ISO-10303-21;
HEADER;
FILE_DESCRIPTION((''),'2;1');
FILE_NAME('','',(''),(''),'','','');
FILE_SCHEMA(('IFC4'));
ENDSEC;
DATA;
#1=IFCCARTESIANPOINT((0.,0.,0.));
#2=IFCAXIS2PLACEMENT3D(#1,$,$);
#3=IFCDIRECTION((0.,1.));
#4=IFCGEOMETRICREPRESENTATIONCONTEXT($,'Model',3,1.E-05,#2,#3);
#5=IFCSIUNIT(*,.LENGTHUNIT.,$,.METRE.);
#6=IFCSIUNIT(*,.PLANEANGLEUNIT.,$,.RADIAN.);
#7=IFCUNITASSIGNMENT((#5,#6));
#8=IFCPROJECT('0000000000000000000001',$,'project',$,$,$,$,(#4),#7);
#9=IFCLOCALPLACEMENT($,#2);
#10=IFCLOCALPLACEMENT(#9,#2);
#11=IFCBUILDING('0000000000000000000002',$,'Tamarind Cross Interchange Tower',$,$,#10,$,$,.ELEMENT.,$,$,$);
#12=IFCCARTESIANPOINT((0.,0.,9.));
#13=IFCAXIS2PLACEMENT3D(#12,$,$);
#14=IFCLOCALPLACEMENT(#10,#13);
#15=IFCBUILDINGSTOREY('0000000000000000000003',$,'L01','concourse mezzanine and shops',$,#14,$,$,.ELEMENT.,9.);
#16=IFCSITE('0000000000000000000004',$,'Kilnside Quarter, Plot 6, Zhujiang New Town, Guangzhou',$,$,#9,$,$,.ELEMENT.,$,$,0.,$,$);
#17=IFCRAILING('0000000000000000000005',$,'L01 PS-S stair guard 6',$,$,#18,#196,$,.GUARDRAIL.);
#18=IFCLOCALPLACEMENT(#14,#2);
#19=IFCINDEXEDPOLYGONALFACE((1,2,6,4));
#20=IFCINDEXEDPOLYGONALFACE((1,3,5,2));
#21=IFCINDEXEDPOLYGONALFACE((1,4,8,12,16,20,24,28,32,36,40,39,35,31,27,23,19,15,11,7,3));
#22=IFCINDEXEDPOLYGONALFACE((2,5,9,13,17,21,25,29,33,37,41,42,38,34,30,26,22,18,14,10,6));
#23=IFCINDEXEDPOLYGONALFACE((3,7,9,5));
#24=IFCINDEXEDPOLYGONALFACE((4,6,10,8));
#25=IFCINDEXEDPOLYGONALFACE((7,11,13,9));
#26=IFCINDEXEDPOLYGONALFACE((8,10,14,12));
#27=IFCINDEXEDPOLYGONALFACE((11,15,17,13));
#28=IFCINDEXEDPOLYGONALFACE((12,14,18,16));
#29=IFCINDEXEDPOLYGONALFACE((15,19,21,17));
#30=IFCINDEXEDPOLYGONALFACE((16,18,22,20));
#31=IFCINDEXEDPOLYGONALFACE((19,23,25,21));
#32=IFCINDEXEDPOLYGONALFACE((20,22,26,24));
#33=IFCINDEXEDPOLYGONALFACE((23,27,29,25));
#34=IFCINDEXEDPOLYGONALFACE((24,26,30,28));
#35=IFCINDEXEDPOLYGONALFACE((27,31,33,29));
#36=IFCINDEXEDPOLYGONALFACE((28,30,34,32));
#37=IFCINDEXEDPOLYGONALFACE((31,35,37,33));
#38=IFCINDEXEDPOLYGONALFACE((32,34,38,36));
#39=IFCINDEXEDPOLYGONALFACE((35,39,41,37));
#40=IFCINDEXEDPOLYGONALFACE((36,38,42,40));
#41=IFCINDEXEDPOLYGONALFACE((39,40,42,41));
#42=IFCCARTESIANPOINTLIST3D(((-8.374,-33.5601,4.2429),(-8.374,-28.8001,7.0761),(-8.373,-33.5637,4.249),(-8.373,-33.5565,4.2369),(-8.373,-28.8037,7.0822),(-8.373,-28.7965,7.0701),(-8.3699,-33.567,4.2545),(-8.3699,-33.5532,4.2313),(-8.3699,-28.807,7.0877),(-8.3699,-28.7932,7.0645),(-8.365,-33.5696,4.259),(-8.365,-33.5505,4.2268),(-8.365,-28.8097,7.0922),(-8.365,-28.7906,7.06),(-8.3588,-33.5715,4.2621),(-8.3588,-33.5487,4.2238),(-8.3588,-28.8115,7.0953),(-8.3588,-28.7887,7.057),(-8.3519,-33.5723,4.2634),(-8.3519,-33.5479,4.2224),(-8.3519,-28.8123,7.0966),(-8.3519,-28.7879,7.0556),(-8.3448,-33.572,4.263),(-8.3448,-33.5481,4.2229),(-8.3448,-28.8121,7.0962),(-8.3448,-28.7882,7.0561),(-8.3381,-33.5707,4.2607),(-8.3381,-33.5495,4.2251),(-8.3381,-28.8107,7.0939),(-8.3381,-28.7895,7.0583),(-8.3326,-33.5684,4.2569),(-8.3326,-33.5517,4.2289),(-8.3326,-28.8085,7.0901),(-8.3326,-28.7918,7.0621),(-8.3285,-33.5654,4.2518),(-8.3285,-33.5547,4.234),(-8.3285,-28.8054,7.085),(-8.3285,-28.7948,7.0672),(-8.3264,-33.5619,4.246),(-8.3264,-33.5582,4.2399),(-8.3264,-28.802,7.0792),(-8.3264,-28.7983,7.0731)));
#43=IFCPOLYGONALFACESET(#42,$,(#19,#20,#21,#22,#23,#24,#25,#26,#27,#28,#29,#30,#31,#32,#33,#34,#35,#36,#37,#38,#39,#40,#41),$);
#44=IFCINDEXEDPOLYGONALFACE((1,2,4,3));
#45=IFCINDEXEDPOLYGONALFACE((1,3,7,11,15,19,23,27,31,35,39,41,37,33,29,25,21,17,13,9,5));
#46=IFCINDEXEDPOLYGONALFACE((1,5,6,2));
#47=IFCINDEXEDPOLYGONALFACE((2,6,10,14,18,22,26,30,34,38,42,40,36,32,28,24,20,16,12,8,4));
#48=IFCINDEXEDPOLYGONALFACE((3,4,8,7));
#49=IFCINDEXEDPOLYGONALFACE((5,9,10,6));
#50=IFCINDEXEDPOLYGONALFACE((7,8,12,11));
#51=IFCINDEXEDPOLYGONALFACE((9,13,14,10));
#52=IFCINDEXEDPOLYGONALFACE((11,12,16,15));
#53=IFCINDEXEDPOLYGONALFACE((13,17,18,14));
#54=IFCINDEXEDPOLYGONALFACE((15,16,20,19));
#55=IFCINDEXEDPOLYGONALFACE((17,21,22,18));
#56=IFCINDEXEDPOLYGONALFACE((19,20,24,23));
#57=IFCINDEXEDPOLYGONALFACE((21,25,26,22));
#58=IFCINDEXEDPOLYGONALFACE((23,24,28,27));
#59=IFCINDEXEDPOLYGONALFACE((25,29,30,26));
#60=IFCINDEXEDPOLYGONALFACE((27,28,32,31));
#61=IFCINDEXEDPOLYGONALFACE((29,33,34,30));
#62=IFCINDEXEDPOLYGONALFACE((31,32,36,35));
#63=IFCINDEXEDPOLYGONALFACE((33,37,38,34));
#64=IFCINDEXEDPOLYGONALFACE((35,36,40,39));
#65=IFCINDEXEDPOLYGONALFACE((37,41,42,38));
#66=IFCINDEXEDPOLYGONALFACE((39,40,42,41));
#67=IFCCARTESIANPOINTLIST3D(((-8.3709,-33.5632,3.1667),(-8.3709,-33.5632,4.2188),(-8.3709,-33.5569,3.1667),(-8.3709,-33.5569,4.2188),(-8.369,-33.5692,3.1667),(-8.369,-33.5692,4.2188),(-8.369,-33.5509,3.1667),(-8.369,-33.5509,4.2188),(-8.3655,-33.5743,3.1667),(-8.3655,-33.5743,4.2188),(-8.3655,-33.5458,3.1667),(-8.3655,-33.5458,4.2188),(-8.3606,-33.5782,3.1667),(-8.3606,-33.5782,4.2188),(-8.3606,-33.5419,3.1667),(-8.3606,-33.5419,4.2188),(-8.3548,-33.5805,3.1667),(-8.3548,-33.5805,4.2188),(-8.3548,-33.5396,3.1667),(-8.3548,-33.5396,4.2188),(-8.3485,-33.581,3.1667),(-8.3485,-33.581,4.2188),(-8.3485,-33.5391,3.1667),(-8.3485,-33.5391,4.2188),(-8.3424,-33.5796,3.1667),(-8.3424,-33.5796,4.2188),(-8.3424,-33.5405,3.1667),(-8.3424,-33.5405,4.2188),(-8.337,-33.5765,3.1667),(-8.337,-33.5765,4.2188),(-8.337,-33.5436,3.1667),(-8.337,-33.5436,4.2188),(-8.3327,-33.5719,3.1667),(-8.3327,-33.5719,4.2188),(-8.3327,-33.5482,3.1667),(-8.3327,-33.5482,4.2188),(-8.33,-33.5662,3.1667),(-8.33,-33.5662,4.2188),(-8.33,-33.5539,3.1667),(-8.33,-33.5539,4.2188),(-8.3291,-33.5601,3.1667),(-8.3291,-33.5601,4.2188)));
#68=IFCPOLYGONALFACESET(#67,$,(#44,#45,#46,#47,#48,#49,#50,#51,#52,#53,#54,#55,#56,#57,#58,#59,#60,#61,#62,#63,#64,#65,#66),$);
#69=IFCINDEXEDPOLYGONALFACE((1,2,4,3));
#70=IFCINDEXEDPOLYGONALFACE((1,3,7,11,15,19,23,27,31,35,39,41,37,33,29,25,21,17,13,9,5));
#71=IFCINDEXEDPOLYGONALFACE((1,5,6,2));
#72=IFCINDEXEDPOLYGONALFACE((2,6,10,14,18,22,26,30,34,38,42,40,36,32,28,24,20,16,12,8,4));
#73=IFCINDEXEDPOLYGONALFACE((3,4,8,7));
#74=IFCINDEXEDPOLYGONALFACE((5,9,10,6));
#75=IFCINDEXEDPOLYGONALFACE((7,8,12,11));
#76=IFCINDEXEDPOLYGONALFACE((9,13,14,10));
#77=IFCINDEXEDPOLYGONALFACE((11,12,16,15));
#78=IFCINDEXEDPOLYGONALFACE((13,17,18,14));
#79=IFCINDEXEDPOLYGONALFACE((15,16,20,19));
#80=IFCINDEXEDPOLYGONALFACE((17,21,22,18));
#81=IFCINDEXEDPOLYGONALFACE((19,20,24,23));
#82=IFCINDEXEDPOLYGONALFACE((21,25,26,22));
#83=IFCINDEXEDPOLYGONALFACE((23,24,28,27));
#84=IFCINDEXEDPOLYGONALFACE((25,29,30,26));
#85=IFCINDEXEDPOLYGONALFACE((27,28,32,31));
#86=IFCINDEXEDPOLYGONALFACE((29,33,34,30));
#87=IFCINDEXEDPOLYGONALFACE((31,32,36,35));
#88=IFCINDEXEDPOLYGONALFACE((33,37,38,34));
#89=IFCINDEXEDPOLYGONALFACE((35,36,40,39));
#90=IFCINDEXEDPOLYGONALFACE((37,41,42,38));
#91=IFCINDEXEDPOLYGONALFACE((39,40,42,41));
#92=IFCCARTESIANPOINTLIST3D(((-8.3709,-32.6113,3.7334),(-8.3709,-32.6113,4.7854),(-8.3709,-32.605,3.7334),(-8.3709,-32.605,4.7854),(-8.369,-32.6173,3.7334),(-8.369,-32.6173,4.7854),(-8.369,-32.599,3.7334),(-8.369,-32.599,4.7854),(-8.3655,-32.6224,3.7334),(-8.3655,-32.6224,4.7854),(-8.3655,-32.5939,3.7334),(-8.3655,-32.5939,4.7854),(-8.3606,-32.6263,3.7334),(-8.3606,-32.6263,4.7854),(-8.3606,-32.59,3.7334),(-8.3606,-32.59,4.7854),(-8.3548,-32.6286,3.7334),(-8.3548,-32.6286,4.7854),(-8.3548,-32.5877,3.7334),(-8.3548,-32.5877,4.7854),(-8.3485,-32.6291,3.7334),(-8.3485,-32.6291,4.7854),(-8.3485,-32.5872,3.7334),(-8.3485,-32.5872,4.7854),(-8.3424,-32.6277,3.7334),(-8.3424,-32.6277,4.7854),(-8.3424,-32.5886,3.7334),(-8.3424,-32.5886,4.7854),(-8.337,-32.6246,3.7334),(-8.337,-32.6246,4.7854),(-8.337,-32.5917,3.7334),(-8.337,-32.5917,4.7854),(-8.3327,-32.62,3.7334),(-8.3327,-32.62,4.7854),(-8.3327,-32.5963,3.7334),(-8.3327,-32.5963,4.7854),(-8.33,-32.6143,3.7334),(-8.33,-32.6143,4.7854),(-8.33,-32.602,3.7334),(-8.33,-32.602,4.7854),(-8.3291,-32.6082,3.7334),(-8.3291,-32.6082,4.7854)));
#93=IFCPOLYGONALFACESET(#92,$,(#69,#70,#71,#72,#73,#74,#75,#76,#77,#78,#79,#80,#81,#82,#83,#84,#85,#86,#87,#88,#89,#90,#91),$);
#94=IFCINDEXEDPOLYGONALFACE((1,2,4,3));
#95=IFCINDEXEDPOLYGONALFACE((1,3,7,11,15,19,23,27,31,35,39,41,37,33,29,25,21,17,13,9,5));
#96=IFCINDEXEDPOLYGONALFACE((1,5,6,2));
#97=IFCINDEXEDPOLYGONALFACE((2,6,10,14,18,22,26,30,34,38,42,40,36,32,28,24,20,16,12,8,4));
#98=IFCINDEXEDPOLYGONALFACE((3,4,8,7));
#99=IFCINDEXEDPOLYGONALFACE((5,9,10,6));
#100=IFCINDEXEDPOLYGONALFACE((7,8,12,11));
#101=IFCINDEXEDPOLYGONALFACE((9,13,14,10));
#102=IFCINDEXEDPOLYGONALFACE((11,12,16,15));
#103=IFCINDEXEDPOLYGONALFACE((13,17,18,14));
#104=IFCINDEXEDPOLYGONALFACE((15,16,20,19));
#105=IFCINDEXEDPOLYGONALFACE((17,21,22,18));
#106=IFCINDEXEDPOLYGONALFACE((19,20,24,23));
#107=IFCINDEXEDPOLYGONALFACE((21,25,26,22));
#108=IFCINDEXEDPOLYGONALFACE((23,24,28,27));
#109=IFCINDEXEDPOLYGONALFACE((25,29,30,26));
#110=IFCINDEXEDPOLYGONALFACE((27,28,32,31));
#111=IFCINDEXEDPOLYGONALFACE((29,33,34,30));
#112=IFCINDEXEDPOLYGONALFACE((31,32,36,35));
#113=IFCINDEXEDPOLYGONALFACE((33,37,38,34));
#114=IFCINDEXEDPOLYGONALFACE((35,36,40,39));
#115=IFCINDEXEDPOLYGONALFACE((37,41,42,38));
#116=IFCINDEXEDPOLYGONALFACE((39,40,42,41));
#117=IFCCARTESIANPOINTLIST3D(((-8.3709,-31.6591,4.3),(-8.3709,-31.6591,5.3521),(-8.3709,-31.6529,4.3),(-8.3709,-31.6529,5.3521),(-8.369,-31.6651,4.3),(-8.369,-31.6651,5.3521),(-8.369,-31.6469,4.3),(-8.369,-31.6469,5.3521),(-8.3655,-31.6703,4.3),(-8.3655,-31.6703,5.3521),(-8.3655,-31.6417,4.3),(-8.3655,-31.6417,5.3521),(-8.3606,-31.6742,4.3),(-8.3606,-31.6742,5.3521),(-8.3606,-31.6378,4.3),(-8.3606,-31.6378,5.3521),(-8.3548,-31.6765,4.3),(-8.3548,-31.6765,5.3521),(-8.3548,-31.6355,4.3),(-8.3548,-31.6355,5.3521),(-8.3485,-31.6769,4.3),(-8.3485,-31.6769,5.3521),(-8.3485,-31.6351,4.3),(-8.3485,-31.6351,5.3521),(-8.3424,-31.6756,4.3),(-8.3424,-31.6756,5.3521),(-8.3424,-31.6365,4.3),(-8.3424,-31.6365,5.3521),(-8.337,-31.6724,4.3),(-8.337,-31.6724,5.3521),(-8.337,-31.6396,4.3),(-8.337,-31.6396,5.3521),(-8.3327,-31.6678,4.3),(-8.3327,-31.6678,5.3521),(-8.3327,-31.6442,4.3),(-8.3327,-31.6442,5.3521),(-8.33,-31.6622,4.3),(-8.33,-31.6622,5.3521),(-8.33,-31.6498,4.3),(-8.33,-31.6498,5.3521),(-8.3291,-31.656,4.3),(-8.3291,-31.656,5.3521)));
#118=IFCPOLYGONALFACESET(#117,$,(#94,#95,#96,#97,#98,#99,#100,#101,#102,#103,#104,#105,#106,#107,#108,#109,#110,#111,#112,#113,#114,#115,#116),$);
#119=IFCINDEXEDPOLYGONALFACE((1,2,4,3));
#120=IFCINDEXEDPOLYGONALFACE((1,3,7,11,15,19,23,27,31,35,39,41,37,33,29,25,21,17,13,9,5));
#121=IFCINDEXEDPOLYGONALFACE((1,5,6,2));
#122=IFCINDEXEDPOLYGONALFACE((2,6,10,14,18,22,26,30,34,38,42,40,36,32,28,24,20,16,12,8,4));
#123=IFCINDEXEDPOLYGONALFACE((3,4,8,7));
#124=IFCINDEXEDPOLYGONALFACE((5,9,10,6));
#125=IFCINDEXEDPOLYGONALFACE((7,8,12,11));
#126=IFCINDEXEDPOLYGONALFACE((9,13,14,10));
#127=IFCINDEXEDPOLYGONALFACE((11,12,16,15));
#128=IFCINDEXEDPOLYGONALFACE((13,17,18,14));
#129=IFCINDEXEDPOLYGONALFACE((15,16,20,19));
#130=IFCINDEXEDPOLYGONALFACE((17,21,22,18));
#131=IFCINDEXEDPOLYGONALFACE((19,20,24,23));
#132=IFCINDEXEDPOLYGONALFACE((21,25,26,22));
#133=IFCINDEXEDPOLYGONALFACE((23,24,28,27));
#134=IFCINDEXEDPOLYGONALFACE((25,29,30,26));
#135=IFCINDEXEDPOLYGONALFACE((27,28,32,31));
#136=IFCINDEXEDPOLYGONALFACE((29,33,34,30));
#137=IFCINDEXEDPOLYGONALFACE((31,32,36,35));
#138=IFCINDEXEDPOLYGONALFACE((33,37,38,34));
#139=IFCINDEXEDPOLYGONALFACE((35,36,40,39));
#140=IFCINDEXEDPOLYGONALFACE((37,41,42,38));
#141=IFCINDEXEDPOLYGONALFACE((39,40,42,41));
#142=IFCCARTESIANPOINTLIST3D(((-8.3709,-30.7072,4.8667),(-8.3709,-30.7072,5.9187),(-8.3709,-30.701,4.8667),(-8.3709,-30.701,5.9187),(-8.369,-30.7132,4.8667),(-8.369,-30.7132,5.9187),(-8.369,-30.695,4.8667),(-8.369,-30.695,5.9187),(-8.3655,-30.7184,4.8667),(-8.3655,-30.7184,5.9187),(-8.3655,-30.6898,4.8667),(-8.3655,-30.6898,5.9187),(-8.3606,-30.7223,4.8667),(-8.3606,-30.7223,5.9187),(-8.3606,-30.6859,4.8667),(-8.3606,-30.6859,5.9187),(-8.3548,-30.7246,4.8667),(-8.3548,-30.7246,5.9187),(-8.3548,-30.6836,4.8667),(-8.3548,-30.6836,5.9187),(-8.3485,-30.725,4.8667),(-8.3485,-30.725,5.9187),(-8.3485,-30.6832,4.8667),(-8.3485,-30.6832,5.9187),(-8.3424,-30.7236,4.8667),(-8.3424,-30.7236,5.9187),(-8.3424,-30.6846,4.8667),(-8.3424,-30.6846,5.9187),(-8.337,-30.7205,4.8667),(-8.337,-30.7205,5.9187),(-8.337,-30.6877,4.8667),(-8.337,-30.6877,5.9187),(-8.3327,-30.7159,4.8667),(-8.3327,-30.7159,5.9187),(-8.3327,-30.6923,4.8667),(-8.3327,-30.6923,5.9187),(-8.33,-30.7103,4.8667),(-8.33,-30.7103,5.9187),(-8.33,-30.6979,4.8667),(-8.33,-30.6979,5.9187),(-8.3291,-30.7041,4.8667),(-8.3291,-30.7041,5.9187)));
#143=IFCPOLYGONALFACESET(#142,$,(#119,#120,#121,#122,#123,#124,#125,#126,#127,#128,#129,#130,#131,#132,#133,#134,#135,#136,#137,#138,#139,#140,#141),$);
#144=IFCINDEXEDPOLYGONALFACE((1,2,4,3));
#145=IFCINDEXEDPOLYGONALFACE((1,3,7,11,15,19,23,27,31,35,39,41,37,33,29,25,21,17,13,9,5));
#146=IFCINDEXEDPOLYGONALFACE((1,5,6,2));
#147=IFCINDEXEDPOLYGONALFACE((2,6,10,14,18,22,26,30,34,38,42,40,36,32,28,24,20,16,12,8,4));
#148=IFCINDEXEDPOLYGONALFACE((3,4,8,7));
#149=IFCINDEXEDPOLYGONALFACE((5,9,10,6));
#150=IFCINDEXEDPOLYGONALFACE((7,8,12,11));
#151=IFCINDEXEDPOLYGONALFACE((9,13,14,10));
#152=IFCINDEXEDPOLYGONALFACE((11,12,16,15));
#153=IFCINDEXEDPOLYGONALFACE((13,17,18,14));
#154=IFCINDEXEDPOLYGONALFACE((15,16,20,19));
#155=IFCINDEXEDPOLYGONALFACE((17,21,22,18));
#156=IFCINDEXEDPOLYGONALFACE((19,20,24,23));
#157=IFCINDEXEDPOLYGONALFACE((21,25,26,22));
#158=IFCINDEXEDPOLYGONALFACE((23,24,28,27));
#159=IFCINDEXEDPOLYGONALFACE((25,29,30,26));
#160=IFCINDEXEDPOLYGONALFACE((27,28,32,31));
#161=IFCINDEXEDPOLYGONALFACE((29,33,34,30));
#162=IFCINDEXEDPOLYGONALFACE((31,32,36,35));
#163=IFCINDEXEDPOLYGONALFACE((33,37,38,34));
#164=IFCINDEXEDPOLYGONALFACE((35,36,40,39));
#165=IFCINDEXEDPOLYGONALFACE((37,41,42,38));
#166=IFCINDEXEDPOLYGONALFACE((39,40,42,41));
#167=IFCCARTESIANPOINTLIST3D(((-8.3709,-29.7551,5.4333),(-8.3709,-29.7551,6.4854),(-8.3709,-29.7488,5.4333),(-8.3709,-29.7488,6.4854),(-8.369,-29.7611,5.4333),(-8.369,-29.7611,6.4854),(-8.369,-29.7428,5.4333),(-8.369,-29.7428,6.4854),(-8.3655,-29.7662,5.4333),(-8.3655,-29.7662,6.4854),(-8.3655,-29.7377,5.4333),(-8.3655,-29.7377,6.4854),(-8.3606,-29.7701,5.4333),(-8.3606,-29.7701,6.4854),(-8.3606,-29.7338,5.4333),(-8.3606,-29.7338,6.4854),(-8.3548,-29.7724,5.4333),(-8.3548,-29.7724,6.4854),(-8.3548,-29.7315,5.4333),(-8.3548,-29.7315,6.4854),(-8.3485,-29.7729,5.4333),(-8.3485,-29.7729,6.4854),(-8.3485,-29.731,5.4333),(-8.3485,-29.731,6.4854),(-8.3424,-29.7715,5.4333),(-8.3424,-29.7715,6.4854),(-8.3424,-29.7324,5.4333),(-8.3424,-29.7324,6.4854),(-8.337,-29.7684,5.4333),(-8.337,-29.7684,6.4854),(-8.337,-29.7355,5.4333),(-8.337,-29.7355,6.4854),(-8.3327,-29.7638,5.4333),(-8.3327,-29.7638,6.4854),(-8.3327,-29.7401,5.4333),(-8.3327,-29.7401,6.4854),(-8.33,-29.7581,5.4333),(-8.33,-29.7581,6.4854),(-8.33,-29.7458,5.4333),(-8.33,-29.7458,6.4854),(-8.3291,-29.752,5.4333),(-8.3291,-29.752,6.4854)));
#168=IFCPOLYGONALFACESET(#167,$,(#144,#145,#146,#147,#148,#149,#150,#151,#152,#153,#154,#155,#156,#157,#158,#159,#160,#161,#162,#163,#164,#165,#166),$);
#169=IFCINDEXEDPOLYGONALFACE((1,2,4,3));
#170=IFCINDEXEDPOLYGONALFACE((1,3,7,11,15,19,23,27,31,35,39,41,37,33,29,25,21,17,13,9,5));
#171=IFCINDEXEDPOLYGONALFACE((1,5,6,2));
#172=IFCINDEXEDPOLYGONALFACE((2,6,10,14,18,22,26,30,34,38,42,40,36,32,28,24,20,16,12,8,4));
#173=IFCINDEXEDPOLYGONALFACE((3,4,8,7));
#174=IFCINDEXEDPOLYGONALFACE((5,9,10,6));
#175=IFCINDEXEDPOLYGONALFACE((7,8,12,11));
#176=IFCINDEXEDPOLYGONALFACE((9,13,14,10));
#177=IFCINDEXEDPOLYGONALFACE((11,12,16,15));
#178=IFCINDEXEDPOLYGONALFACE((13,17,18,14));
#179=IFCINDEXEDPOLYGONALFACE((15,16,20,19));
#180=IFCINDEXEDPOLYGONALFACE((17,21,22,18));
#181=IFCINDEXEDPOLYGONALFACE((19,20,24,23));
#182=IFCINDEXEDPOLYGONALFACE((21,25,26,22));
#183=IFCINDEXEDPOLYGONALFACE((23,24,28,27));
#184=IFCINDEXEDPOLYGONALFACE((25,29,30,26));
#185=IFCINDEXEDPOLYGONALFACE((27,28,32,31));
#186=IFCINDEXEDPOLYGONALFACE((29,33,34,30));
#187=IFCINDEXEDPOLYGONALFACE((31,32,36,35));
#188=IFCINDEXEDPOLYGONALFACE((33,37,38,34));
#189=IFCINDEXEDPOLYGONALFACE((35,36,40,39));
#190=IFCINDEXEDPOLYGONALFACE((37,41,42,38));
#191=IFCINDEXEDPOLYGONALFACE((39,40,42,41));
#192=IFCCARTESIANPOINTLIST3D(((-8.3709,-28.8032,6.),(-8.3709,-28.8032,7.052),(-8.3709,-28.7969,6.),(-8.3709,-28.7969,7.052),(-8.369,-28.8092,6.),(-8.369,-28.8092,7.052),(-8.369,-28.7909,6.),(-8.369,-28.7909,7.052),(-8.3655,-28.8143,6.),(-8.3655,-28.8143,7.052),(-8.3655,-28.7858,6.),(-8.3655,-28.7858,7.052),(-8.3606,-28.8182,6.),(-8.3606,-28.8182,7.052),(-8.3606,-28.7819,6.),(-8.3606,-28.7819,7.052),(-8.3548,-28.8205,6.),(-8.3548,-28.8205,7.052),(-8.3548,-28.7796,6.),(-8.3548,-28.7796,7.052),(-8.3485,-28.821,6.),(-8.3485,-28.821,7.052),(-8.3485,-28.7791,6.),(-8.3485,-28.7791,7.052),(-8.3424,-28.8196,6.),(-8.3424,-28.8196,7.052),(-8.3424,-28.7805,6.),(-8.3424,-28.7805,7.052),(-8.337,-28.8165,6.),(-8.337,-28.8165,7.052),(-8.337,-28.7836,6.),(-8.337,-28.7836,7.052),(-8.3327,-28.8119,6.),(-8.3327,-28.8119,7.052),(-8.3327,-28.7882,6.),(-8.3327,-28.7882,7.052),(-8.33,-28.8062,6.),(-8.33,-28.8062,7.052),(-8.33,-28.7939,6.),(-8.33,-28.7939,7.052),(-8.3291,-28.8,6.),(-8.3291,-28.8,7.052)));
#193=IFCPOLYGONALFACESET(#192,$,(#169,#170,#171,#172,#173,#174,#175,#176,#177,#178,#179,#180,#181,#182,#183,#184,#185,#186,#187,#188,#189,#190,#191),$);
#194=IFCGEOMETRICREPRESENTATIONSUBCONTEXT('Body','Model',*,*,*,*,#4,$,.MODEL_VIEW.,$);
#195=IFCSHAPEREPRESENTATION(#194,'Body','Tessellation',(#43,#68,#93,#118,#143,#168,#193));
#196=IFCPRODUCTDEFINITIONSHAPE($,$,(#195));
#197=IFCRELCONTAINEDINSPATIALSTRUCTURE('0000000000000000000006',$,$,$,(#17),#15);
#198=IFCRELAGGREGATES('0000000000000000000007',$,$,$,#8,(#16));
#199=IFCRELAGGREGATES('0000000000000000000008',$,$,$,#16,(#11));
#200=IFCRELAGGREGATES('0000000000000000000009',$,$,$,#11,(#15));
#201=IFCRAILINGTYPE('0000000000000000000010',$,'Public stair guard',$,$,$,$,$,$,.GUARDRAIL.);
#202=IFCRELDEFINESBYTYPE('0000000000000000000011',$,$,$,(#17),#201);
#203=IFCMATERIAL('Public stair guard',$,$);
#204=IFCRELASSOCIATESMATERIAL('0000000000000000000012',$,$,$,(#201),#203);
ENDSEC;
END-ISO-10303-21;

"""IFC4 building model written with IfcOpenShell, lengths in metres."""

from ifc_helpers import new_model, si_unit, direction, frame, origin, origin_2d, place, context, subcontext, project, spatial, circle, extrude, material, type_object, element, save


model = new_model("IFC4")

# Units and contexts
model_context = context("Model", 3, precision=1e-05, world=origin(), true_north=direction((0.0, 1.0)))
body_context = subcontext(model_context, "Body", "Model", "MODEL_VIEW")
ifc_project = project(units=[si_unit("LENGTHUNIT", "METRE"), si_unit("PLANEANGLEUNIT", "RADIAN")], contexts=[model_context])

# Site, building, storey
site_placement = place(None, origin())
site = spatial("IfcSite", under=ifc_project, at=site_placement, Name="Kilnside Quarter, Plot 6, Zhujiang New Town, Guangzhou", CompositionType="ELEMENT", RefElevation=0.0)
building_placement = place(site_placement, origin())
building = spatial("IfcBuilding", under=site, at=building_placement, Name="Tamarind Cross Interchange Tower", CompositionType="ELEMENT")
storey_placement = place(building_placement, frame((0.0, 0.0, 9.0)))
storey = spatial("IfcBuildingStorey", under=building, at=storey_placement, Name="L01", Description="concourse mezzanine and shops", CompositionType="ELEMENT", Elevation=9.0)

# Railing
ifc_material_1 = material(Name="Public stair guard")
railing_type_1 = type_object("IfcRailingType", Name="Public stair guard", PredefinedType="GUARDRAIL", material=ifc_material_1)
railing_1_placement = place(storey_placement, frame((-8.3501, -33.5601, 3.1667)))
element("IfcRailing", 1, at=railing_1_placement, inside=storey, type_object=railing_type_1, Name="L01 PS-S stair guard 6", PredefinedType="GUARDRAIL", context=body_context, shape_type="SweptSolid", body=[
    extrude(circle(Radius=0.0239, at=origin_2d()), frame((0.0, 0.0, 1.0762), z_axis=(0.0, 0.8593, 0.511472), x_axis=(-1.0, 0.0, 0.0)), (0.0, 0.0, 1.0), 5.5393),
    extrude(circle(Radius=0.021, at=origin_2d()), origin(), (0.0, 0.0, 1.0), 1.052),
    extrude(circle(Radius=0.021, at=origin_2d()), frame((0.0, 0.9519, 0.5667)), (0.0, 0.0, 1.0), 1.052),
    extrude(circle(Radius=0.021, at=origin_2d()), frame((0.0, 1.9041, 1.1333)), (0.0, 0.0, 1.0), 1.052),
    extrude(circle(Radius=0.021, at=origin_2d()), frame((0.0, 2.856, 1.7)), (0.0, 0.0, 1.0), 1.052),
    extrude(circle(Radius=0.021, at=origin_2d()), frame((0.0, 3.8081, 2.2666)), (0.0, 0.0, 1.0), 1.052),
    extrude(circle(Radius=0.021, at=origin_2d()), frame((0.0, 4.76, 2.8333)), (0.0, 0.0, 1.0), 1.052),
])

save(model, "model.ifc")
